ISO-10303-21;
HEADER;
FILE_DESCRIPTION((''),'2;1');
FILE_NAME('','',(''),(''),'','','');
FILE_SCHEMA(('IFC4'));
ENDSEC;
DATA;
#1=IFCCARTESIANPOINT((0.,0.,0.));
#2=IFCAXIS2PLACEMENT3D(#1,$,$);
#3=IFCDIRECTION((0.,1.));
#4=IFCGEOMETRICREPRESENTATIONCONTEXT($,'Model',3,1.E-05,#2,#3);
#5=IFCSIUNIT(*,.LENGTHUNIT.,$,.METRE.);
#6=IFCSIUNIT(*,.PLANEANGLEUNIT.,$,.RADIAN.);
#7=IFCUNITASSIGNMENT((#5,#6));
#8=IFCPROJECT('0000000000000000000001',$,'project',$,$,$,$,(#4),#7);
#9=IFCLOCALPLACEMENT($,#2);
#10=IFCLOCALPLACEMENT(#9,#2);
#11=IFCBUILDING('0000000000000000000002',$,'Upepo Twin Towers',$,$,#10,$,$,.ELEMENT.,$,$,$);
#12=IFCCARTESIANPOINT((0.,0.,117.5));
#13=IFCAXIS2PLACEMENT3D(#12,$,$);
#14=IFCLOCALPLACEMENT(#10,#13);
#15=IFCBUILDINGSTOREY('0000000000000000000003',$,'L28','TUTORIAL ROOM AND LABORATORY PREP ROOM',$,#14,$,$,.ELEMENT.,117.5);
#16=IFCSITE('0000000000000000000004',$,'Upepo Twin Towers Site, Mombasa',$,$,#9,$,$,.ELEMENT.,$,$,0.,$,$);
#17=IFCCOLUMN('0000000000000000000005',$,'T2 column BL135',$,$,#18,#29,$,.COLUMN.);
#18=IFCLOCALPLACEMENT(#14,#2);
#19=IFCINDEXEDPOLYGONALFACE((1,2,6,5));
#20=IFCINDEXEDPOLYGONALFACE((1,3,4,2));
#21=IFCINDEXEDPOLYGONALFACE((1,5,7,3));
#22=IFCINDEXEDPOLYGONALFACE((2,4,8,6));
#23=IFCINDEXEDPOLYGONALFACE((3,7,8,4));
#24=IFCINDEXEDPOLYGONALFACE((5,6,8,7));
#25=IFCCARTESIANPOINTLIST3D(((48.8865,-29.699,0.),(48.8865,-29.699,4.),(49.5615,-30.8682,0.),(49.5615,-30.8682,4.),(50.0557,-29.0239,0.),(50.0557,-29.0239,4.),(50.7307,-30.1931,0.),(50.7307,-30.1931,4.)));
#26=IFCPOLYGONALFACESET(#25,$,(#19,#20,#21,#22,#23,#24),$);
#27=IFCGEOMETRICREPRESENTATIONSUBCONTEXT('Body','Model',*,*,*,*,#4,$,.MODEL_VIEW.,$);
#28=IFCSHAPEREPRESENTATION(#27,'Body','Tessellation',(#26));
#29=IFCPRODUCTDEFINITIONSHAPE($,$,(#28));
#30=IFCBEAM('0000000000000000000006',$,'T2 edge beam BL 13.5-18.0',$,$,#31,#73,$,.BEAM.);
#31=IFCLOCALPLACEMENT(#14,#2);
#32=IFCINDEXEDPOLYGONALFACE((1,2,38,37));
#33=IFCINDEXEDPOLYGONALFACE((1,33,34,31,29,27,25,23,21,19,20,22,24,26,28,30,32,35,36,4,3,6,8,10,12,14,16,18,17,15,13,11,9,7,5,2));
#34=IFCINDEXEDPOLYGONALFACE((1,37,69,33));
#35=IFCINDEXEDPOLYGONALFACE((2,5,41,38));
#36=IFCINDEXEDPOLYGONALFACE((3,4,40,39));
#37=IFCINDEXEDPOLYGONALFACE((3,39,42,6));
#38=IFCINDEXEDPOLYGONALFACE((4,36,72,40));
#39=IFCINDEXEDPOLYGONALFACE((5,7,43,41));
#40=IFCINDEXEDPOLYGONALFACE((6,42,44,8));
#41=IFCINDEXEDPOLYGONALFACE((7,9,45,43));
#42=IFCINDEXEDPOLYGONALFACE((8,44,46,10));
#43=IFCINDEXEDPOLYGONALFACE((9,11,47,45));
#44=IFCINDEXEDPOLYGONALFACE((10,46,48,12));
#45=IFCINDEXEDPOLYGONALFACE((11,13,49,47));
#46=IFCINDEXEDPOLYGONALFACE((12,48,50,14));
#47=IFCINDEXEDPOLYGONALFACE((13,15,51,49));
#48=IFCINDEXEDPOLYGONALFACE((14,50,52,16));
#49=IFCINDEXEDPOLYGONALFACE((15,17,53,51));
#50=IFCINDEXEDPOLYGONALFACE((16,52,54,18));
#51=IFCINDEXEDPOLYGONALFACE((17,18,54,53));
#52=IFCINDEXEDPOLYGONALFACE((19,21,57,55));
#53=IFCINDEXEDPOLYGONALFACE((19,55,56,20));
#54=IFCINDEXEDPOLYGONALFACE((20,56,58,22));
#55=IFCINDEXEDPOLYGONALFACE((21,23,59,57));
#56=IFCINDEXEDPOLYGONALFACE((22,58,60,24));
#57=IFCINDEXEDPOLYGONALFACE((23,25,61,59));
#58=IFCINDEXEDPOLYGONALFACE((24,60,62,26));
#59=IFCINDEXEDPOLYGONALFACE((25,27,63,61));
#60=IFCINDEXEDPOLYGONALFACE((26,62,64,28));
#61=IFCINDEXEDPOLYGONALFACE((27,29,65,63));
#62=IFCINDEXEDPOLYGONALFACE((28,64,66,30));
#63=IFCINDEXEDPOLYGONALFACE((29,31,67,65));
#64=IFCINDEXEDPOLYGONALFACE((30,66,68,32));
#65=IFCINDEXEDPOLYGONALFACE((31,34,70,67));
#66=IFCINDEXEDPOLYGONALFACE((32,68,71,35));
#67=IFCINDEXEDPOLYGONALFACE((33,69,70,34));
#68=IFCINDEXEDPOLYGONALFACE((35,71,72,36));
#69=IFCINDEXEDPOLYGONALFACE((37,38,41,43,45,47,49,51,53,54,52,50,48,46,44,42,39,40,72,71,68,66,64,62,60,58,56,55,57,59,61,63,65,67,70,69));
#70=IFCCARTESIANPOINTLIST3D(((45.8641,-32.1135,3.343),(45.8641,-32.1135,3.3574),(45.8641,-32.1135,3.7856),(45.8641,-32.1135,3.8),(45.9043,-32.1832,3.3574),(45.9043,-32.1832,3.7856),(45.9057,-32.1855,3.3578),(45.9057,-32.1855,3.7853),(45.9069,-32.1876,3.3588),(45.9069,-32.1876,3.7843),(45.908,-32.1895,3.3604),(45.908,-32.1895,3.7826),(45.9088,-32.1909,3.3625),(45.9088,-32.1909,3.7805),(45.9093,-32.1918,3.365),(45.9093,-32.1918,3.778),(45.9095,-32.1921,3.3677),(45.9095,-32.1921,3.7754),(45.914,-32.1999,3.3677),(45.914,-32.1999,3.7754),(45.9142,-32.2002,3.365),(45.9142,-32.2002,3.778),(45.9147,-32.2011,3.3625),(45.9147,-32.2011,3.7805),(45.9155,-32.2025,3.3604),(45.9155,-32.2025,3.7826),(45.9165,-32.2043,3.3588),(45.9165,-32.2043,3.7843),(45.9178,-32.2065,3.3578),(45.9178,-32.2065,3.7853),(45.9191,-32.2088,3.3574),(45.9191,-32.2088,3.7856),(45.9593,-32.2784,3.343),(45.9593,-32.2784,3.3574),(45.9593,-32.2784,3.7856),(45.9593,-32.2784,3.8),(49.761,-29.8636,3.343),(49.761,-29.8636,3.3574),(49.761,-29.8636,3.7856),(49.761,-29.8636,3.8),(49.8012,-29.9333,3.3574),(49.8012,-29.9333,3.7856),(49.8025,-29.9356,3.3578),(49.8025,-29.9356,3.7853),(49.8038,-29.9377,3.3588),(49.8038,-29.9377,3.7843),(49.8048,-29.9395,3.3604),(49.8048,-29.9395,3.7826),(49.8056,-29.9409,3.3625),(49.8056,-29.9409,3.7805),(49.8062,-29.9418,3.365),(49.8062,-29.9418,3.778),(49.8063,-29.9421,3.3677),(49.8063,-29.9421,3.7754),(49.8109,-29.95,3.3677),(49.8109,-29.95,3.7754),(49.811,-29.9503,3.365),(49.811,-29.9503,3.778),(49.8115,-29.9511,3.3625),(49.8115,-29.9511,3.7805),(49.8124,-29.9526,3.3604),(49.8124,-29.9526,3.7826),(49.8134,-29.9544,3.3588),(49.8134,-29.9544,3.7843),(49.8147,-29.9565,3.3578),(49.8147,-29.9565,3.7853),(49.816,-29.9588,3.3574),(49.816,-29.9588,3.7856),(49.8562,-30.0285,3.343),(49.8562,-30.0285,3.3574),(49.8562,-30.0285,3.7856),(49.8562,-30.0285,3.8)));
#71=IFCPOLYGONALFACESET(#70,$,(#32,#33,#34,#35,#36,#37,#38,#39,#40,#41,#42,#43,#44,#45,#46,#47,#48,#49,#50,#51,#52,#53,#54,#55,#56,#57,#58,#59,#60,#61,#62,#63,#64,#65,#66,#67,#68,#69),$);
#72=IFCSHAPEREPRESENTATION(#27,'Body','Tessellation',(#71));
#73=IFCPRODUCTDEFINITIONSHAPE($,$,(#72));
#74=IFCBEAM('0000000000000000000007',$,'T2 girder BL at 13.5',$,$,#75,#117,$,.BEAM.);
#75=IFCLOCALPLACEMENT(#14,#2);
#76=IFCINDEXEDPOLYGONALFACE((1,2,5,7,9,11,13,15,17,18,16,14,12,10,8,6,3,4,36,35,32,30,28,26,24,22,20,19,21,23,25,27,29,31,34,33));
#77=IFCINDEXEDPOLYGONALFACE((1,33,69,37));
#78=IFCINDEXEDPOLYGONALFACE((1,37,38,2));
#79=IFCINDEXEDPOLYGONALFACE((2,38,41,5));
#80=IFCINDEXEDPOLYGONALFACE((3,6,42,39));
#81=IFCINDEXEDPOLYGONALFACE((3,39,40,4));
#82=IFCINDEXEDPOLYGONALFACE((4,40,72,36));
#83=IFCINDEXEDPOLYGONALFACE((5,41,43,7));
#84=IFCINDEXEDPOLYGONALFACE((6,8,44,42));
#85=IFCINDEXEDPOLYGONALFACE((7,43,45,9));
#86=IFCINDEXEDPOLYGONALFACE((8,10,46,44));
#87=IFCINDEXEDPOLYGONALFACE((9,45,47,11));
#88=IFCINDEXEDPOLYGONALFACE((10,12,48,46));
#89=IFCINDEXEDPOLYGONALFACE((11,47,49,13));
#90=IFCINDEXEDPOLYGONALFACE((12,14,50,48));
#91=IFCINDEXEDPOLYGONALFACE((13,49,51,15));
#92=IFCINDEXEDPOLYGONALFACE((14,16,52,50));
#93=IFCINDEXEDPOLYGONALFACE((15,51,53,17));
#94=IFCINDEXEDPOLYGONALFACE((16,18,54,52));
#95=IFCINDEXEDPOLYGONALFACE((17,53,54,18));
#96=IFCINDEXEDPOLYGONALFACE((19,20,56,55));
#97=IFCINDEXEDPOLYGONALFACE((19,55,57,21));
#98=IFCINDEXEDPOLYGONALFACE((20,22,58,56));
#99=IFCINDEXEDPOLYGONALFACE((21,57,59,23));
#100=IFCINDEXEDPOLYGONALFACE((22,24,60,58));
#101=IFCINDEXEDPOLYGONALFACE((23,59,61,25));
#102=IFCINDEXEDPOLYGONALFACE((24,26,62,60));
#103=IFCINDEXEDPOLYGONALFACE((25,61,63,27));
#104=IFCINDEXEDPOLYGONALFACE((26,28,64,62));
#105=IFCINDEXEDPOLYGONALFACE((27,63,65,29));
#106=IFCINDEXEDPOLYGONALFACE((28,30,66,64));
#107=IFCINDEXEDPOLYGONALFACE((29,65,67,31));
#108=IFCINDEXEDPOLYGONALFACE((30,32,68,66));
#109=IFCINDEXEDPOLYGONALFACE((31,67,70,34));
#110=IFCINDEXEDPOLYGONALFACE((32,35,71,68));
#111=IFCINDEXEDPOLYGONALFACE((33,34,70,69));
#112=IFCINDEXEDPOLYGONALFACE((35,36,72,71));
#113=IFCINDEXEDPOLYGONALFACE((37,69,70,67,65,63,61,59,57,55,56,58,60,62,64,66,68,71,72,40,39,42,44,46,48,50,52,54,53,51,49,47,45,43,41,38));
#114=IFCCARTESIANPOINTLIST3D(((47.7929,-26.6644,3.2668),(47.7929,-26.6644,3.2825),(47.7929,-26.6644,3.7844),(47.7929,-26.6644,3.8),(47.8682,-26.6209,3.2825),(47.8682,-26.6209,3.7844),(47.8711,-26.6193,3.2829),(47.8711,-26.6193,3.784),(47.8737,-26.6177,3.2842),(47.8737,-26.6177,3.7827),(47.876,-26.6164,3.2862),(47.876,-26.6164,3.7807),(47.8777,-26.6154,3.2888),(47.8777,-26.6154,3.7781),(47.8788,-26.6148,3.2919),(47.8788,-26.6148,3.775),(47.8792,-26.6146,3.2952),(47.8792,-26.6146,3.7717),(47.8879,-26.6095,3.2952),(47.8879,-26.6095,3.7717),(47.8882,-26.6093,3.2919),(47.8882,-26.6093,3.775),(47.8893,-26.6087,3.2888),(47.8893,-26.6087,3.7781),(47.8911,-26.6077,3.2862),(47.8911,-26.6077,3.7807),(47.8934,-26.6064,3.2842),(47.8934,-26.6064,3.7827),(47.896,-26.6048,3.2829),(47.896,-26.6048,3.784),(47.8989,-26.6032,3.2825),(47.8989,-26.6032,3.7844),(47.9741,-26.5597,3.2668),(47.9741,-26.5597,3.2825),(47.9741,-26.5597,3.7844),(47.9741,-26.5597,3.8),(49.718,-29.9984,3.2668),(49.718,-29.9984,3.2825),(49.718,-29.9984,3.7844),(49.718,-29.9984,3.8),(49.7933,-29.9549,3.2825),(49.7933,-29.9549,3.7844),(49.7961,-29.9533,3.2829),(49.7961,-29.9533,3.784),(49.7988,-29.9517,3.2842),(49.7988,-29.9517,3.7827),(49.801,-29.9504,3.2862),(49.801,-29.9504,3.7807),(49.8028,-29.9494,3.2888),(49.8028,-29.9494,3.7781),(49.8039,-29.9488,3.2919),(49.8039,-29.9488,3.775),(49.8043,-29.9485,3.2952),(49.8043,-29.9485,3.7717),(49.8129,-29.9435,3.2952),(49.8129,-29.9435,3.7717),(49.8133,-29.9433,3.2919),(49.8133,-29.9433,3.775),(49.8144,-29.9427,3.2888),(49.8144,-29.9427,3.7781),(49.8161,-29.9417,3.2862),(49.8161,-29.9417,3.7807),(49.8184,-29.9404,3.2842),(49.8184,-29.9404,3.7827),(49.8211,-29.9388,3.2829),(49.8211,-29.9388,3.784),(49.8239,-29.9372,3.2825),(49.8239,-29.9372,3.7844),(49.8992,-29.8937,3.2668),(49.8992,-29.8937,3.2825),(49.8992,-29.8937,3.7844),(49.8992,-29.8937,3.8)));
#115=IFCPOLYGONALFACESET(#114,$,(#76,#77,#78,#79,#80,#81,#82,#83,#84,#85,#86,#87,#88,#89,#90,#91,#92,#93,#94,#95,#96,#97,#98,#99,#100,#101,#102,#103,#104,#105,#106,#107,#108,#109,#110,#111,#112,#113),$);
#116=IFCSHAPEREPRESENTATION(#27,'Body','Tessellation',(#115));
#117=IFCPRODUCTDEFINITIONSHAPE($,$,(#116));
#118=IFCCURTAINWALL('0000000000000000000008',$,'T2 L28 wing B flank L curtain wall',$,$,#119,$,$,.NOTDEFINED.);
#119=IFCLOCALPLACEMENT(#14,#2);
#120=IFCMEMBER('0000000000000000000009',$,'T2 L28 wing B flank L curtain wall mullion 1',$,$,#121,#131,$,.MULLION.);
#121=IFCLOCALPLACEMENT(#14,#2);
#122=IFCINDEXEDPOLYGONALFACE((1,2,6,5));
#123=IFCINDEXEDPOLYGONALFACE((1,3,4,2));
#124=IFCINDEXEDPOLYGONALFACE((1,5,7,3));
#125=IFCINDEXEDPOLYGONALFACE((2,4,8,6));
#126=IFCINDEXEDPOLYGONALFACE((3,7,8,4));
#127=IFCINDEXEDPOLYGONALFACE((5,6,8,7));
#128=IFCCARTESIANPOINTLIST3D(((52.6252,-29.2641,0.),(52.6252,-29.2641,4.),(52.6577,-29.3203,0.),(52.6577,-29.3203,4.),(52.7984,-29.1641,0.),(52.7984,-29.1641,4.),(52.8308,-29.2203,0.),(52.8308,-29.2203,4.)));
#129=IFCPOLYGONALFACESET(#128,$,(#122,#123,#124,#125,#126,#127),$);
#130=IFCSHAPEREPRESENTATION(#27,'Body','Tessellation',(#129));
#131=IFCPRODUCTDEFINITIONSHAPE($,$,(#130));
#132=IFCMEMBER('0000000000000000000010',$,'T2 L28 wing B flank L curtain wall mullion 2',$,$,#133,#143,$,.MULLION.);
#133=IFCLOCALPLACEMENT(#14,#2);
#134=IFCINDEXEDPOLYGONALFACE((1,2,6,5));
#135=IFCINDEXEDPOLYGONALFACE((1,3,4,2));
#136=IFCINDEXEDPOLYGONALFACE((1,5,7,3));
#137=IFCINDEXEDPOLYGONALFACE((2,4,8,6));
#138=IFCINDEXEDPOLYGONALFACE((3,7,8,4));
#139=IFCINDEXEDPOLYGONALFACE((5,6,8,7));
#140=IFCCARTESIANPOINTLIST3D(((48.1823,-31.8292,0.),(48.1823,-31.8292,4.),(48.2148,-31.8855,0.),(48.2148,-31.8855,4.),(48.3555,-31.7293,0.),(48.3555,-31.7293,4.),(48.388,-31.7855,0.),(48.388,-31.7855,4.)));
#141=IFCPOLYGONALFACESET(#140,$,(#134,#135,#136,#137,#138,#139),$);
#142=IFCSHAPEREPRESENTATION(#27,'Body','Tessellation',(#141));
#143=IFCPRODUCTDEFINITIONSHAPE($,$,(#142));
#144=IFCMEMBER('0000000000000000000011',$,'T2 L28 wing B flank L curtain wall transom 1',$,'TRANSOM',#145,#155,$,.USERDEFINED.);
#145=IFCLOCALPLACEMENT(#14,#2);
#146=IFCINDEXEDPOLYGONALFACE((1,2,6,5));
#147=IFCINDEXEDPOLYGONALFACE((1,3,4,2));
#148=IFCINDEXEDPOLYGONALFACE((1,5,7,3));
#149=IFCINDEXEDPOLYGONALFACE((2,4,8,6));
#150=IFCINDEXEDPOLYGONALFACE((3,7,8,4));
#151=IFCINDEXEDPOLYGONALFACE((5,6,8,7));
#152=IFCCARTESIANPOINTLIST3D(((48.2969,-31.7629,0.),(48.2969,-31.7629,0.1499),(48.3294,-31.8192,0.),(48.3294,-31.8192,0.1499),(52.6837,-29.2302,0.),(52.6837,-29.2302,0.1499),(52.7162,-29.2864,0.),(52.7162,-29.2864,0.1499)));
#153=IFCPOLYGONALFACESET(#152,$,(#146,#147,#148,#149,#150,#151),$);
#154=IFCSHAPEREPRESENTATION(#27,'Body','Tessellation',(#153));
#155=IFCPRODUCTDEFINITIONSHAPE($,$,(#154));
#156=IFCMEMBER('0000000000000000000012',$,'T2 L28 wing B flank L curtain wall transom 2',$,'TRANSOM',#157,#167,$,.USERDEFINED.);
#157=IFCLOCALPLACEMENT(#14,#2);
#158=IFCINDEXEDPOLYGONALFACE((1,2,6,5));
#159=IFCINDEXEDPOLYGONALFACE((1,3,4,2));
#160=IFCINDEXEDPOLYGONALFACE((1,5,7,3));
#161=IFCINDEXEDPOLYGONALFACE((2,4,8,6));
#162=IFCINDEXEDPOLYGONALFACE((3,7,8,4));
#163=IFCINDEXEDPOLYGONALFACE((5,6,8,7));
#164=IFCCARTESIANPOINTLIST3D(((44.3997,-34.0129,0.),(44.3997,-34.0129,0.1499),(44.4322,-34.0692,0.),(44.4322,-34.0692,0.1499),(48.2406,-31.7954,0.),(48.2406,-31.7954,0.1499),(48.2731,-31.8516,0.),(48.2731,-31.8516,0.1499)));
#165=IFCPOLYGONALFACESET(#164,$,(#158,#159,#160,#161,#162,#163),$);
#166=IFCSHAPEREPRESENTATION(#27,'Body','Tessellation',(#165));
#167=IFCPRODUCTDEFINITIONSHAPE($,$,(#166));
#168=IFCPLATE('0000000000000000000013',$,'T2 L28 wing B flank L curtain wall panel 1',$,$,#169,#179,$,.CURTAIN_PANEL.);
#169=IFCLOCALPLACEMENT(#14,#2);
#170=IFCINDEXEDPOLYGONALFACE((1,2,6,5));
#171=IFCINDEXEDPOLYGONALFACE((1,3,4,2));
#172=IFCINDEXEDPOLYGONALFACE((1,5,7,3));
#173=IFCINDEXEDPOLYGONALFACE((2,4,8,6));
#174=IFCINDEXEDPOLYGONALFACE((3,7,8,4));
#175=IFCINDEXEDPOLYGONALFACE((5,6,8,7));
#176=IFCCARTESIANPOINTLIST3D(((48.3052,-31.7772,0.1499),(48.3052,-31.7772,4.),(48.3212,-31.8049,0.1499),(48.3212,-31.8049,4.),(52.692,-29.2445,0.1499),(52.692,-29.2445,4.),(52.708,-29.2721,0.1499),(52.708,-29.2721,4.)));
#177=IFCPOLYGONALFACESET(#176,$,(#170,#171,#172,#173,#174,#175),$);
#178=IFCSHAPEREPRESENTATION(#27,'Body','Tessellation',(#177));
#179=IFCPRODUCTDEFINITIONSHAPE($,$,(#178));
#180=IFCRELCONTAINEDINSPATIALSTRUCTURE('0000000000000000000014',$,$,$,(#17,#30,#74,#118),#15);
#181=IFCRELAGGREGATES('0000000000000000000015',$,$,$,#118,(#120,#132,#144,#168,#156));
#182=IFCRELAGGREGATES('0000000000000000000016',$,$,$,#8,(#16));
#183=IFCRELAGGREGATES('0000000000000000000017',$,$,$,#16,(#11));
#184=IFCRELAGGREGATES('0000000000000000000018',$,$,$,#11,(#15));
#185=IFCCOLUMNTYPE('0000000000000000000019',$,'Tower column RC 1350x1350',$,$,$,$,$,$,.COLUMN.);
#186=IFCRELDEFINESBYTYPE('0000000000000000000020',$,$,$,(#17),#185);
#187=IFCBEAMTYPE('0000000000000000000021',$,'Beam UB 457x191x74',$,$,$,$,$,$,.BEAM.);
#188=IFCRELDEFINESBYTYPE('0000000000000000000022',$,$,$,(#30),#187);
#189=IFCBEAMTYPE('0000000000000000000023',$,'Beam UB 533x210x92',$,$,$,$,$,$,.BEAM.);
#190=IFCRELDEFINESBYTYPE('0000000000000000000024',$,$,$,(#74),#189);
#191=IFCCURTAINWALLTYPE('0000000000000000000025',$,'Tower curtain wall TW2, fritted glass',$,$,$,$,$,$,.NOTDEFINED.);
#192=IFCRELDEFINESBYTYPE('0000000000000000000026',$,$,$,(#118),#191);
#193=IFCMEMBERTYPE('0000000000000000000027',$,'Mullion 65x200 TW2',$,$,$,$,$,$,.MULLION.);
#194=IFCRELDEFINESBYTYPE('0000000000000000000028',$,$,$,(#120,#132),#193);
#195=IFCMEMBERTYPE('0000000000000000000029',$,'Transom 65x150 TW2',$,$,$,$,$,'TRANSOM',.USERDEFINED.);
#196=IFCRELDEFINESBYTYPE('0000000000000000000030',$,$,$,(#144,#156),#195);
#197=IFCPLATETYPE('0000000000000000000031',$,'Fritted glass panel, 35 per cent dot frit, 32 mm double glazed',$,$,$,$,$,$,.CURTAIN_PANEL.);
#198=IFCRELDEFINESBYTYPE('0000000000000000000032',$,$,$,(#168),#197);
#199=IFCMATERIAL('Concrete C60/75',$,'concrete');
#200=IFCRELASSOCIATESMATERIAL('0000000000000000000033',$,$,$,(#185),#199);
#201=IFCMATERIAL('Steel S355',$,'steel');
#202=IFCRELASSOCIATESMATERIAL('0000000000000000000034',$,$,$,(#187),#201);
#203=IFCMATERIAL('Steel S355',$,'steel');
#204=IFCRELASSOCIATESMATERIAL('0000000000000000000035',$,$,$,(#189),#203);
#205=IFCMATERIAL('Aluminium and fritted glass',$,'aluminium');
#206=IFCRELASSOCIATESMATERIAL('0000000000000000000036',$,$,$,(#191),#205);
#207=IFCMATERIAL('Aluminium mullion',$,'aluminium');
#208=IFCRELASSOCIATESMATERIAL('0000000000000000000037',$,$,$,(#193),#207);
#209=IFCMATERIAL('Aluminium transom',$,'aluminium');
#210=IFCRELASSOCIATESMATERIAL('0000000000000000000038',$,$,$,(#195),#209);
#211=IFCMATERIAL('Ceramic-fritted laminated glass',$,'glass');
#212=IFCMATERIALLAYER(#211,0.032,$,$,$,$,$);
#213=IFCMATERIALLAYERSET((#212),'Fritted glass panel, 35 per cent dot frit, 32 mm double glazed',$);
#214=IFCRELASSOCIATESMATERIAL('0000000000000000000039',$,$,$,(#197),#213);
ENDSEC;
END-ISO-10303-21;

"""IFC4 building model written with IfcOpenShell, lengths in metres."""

from ifc_helpers import new_model, si_unit, direction, frame, origin, origin_2d, place, context, subcontext, project, spatial, rectangle, i_section, extrude, material, layer, layer_set, material_profile, profile_set, type_object, element, aggregate, save


model = new_model("IFC4")

# Units and contexts
model_context = context("Model", 3, precision=1e-05, world=origin(), true_north=direction((0.0, 1.0)))
body_context = subcontext(model_context, "Body", "Model", "MODEL_VIEW")
ifc_project = project(units=[si_unit("LENGTHUNIT", "METRE"), si_unit("PLANEANGLEUNIT", "RADIAN")], contexts=[model_context])

# Site, building, storey
site_placement = place(None, origin())
site = spatial("IfcSite", under=ifc_project, at=site_placement, Name="Upepo Twin Towers Site, Mombasa", CompositionType="ELEMENT", RefElevation=0.0)
building_placement = place(site_placement, origin())
building = spatial("IfcBuilding", under=site, at=building_placement, Name="Upepo Twin Towers", CompositionType="ELEMENT")
storey_placement = place(building_placement, frame((0.0, 0.0, 117.5)))
storey = spatial("IfcBuildingStorey", under=building, at=storey_placement, Name="L28", Description="TUTORIAL ROOM AND LABORATORY PREP ROOM", CompositionType="ELEMENT", Elevation=117.5)

# Column
ifc_material_1 = material(Name="Concrete C60/75", Category="concrete")
ifc_material_profile_1 = material_profile(ifc_material_1, rectangle(XDim=1.3501, YDim=1.3501, at=origin_2d()), Name="RC 1350x1350")
ifc_profile_set_1 = profile_set([ifc_material_profile_1], Name="Concrete C60/75")
column_type = type_object("IfcColumnType", Name="Tower column RC 1350x1350", PredefinedType="COLUMN", material=ifc_profile_set_1)
column_placement = place(storey_placement, frame((49.8086, -29.946, 0.0), z_axis=(0.0, 0.0, 1.0), x_axis=(0.866025, 0.5, 0.0)))
element("IfcColumn", 1, at=column_placement, inside=storey, type_object=column_type, Name="T2 column BL135", PredefinedType="COLUMN", context=body_context, shape_type="SweptSolid", body=[
    extrude(rectangle(XDim=1.3501, YDim=1.3501, at=origin_2d()), origin(), (0.0, 0.0, 1.0), 4.0),
])

# Beams
ifc_material_2 = material(Name="Steel S355", Category="steel")
ifc_material_profile_2 = material_profile(ifc_material_2, i_section(OverallWidth=0.1904, OverallDepth=0.457, WebThickness=0.009, FlangeThickness=0.0144, FilletRadius=0.0103, at=origin_2d()), Name="UB 457x191x74")
ifc_profile_set_2 = profile_set([ifc_material_profile_2], Name="Steel S355")
beam_type_1 = type_object("IfcBeamType", Name="Beam UB 457x191x74", PredefinedType="BEAM", material=ifc_profile_set_2)
beam_1_placement = place(storey_placement, frame((49.8086, -29.946, 3.5715), z_axis=(-0.866018, -0.500014, 0.0), x_axis=(0.500014, -0.866018, 0.0)))
element("IfcBeam", 2, at=beam_1_placement, inside=storey, type_object=beam_type_1, Name="T2 edge beam BL 13.5-18.0", PredefinedType="BEAM", context=body_context, shape_type="SweptSolid", body=[
    extrude(i_section(OverallWidth=0.1904, OverallDepth=0.457, WebThickness=0.009, FlangeThickness=0.0144, FilletRadius=0.0103, at=origin_2d()), origin(), (0.0, 0.0, 1.0), 4.4998),
])
ifc_material_3 = material(Name="Steel S355", Category="steel")
ifc_material_profile_3 = material_profile(ifc_material_3, i_section(OverallWidth=0.2092, OverallDepth=0.5332, WebThickness=0.01, FlangeThickness=0.0156, FilletRadius=0.0127, at=origin_2d()), Name="UB 533x210x92")
ifc_profile_set_3 = profile_set([ifc_material_profile_3], Name="Steel S355")
beam_type_2 = type_object("IfcBeamType", Name="Beam UB 533x210x92", PredefinedType="BEAM", material=ifc_profile_set_3)
beam_2_placement = place(storey_placement, frame((49.8086, -29.946, 3.5334), z_axis=(-0.500034, 0.866006, 0.0), x_axis=(-0.866006, -0.500034, 0.0)))
element("IfcBeam", 3, at=beam_2_placement, inside=storey, type_object=beam_type_2, Name="T2 girder BL at 13.5", PredefinedType="BEAM", context=body_context, shape_type="SweptSolid", body=[
    extrude(i_section(OverallWidth=0.2092, OverallDepth=0.5332, WebThickness=0.01, FlangeThickness=0.0156, FilletRadius=0.0127, at=origin_2d()), origin(), (0.0, 0.0, 1.0), 3.8499),
])

# Curtain wall, members, plate
ifc_material_4 = material(Name="Aluminium and fritted glass", Category="aluminium")
curtain_wall_type = type_object("IfcCurtainWallType", Name="Tower curtain wall TW2, fritted glass", PredefinedType="NOTDEFINED", material=ifc_material_4)
curtain_wall_placement = place(storey_placement, origin())
curtain_wall = element("IfcCurtainWall", 4, at=curtain_wall_placement, inside=storey, type_object=curtain_wall_type, Name="T2 L28 wing B flank L curtain wall", PredefinedType="NOTDEFINED")
ifc_material_5 = material(Name="Aluminium mullion", Category="aluminium")
ifc_material_profile_4 = material_profile(ifc_material_5, rectangle(XDim=0.0649, YDim=0.2, at=origin_2d()), Name="MULLION 65x200")
ifc_profile_set_4 = profile_set([ifc_material_profile_4], Name="Aluminium mullion")
member_type_1 = type_object("IfcMemberType", Name="Mullion 65x200 TW2", PredefinedType="MULLION", material=ifc_profile_set_4)
member_1_placement = place(storey_placement, frame((52.728, -29.2422, 0.0), z_axis=(0.0, 0.0, 1.0), x_axis=(0.5, -0.866025, 0.0)))
member_1 = element("IfcMember", 5, at=member_1_placement, type_object=member_type_1, Name="T2 L28 wing B flank L curtain wall mullion 1", PredefinedType="MULLION", context=body_context, shape_type="SweptSolid", body=[
    extrude(rectangle(XDim=0.0649, YDim=0.2, at=origin_2d()), origin(), (0.0, 0.0, 1.0), 4.0),
])
member_2_placement = place(storey_placement, frame((48.2852, -31.8074, 0.0), z_axis=(0.0, 0.0, 1.0), x_axis=(0.5, -0.866025, 0.0)))
member_2 = element("IfcMember", 6, at=member_2_placement, type_object=member_type_1, Name="T2 L28 wing B flank L curtain wall mullion 2", PredefinedType="MULLION", context=body_context, shape_type="SweptSolid", body=[
    extrude(rectangle(XDim=0.0649, YDim=0.2, at=origin_2d()), origin(), (0.0, 0.0, 1.0), 4.0),
])
ifc_material_6 = material(Name="Aluminium transom", Category="aluminium")
ifc_material_profile_5 = material_profile(ifc_material_6, rectangle(XDim=0.0649, YDim=0.1499, at=origin_2d()), Name="TRANSOM 65x150")
ifc_profile_set_5 = profile_set([ifc_material_profile_5], Name="Aluminium transom")
member_type_2 = type_object("IfcMemberType", Name="Transom 65x150 TW2", ElementType="TRANSOM", PredefinedType="USERDEFINED", material=ifc_profile_set_5)
member_3_placement = place(storey_placement, frame((52.7, -29.2583, 0.075), z_axis=(-0.866022, -0.500006, 0.0), x_axis=(0.500006, -0.866022, 0.0)))
member_3 = element("IfcMember", 7, at=member_3_placement, type_object=member_type_2, Name="T2 L28 wing B flank L curtain wall transom 1", ObjectType="TRANSOM", PredefinedType="USERDEFINED", context=body_context, shape_type="SweptSolid", body=[
    extrude(rectangle(XDim=0.0649, YDim=0.1499, at=origin_2d()), origin(), (0.0, 0.0, 1.0), 5.0654),
])
member_4_placement = place(storey_placement, frame((48.2568, -31.8235, 0.075), z_axis=(-0.866022, -0.500005, 0.0), x_axis=(0.500005, -0.866022, 0.0)))
member_4 = element("IfcMember", 8, at=member_4_placement, type_object=member_type_2, Name="T2 L28 wing B flank L curtain wall transom 2", ObjectType="TRANSOM", PredefinedType="USERDEFINED", context=body_context, shape_type="SweptSolid", body=[
    extrude(rectangle(XDim=0.0649, YDim=0.1499, at=origin_2d()), origin(), (0.0, 0.0, 1.0), 4.4351),
])
ifc_material_7 = material(Name="Ceramic-fritted laminated glass", Category="glass")
ifc_layer_1 = layer(ifc_material_7, 0.032)
ifc_layer_set_1 = layer_set([ifc_layer_1], Name="Fritted glass panel, 35 per cent dot frit, 32 mm double glazed")
plate_type = type_object("IfcPlateType", Name="Fritted glass panel, 35 per cent dot frit, 32 mm double glazed", PredefinedType="CURTAIN_PANEL", material=ifc_layer_set_1)
plate_placement = place(storey_placement, frame((50.5066, -30.5247, 0.1499), z_axis=(0.0, 0.0, 1.0), x_axis=(-0.866025, -0.5, 0.0)))
plate = element("IfcPlate", 9, at=plate_placement, type_object=plate_type, Name="T2 L28 wing B flank L curtain wall panel 1", PredefinedType="CURTAIN_PANEL", context=body_context, shape_type="SweptSolid", body=[
    extrude(rectangle(XDim=5.0654, YDim=0.032, at=origin_2d()), origin(), (0.0, 0.0, 1.0), 3.8501),
])
aggregate(curtain_wall, [member_1, member_2, member_3, plate, member_4])

save(model, "model.ifc")
